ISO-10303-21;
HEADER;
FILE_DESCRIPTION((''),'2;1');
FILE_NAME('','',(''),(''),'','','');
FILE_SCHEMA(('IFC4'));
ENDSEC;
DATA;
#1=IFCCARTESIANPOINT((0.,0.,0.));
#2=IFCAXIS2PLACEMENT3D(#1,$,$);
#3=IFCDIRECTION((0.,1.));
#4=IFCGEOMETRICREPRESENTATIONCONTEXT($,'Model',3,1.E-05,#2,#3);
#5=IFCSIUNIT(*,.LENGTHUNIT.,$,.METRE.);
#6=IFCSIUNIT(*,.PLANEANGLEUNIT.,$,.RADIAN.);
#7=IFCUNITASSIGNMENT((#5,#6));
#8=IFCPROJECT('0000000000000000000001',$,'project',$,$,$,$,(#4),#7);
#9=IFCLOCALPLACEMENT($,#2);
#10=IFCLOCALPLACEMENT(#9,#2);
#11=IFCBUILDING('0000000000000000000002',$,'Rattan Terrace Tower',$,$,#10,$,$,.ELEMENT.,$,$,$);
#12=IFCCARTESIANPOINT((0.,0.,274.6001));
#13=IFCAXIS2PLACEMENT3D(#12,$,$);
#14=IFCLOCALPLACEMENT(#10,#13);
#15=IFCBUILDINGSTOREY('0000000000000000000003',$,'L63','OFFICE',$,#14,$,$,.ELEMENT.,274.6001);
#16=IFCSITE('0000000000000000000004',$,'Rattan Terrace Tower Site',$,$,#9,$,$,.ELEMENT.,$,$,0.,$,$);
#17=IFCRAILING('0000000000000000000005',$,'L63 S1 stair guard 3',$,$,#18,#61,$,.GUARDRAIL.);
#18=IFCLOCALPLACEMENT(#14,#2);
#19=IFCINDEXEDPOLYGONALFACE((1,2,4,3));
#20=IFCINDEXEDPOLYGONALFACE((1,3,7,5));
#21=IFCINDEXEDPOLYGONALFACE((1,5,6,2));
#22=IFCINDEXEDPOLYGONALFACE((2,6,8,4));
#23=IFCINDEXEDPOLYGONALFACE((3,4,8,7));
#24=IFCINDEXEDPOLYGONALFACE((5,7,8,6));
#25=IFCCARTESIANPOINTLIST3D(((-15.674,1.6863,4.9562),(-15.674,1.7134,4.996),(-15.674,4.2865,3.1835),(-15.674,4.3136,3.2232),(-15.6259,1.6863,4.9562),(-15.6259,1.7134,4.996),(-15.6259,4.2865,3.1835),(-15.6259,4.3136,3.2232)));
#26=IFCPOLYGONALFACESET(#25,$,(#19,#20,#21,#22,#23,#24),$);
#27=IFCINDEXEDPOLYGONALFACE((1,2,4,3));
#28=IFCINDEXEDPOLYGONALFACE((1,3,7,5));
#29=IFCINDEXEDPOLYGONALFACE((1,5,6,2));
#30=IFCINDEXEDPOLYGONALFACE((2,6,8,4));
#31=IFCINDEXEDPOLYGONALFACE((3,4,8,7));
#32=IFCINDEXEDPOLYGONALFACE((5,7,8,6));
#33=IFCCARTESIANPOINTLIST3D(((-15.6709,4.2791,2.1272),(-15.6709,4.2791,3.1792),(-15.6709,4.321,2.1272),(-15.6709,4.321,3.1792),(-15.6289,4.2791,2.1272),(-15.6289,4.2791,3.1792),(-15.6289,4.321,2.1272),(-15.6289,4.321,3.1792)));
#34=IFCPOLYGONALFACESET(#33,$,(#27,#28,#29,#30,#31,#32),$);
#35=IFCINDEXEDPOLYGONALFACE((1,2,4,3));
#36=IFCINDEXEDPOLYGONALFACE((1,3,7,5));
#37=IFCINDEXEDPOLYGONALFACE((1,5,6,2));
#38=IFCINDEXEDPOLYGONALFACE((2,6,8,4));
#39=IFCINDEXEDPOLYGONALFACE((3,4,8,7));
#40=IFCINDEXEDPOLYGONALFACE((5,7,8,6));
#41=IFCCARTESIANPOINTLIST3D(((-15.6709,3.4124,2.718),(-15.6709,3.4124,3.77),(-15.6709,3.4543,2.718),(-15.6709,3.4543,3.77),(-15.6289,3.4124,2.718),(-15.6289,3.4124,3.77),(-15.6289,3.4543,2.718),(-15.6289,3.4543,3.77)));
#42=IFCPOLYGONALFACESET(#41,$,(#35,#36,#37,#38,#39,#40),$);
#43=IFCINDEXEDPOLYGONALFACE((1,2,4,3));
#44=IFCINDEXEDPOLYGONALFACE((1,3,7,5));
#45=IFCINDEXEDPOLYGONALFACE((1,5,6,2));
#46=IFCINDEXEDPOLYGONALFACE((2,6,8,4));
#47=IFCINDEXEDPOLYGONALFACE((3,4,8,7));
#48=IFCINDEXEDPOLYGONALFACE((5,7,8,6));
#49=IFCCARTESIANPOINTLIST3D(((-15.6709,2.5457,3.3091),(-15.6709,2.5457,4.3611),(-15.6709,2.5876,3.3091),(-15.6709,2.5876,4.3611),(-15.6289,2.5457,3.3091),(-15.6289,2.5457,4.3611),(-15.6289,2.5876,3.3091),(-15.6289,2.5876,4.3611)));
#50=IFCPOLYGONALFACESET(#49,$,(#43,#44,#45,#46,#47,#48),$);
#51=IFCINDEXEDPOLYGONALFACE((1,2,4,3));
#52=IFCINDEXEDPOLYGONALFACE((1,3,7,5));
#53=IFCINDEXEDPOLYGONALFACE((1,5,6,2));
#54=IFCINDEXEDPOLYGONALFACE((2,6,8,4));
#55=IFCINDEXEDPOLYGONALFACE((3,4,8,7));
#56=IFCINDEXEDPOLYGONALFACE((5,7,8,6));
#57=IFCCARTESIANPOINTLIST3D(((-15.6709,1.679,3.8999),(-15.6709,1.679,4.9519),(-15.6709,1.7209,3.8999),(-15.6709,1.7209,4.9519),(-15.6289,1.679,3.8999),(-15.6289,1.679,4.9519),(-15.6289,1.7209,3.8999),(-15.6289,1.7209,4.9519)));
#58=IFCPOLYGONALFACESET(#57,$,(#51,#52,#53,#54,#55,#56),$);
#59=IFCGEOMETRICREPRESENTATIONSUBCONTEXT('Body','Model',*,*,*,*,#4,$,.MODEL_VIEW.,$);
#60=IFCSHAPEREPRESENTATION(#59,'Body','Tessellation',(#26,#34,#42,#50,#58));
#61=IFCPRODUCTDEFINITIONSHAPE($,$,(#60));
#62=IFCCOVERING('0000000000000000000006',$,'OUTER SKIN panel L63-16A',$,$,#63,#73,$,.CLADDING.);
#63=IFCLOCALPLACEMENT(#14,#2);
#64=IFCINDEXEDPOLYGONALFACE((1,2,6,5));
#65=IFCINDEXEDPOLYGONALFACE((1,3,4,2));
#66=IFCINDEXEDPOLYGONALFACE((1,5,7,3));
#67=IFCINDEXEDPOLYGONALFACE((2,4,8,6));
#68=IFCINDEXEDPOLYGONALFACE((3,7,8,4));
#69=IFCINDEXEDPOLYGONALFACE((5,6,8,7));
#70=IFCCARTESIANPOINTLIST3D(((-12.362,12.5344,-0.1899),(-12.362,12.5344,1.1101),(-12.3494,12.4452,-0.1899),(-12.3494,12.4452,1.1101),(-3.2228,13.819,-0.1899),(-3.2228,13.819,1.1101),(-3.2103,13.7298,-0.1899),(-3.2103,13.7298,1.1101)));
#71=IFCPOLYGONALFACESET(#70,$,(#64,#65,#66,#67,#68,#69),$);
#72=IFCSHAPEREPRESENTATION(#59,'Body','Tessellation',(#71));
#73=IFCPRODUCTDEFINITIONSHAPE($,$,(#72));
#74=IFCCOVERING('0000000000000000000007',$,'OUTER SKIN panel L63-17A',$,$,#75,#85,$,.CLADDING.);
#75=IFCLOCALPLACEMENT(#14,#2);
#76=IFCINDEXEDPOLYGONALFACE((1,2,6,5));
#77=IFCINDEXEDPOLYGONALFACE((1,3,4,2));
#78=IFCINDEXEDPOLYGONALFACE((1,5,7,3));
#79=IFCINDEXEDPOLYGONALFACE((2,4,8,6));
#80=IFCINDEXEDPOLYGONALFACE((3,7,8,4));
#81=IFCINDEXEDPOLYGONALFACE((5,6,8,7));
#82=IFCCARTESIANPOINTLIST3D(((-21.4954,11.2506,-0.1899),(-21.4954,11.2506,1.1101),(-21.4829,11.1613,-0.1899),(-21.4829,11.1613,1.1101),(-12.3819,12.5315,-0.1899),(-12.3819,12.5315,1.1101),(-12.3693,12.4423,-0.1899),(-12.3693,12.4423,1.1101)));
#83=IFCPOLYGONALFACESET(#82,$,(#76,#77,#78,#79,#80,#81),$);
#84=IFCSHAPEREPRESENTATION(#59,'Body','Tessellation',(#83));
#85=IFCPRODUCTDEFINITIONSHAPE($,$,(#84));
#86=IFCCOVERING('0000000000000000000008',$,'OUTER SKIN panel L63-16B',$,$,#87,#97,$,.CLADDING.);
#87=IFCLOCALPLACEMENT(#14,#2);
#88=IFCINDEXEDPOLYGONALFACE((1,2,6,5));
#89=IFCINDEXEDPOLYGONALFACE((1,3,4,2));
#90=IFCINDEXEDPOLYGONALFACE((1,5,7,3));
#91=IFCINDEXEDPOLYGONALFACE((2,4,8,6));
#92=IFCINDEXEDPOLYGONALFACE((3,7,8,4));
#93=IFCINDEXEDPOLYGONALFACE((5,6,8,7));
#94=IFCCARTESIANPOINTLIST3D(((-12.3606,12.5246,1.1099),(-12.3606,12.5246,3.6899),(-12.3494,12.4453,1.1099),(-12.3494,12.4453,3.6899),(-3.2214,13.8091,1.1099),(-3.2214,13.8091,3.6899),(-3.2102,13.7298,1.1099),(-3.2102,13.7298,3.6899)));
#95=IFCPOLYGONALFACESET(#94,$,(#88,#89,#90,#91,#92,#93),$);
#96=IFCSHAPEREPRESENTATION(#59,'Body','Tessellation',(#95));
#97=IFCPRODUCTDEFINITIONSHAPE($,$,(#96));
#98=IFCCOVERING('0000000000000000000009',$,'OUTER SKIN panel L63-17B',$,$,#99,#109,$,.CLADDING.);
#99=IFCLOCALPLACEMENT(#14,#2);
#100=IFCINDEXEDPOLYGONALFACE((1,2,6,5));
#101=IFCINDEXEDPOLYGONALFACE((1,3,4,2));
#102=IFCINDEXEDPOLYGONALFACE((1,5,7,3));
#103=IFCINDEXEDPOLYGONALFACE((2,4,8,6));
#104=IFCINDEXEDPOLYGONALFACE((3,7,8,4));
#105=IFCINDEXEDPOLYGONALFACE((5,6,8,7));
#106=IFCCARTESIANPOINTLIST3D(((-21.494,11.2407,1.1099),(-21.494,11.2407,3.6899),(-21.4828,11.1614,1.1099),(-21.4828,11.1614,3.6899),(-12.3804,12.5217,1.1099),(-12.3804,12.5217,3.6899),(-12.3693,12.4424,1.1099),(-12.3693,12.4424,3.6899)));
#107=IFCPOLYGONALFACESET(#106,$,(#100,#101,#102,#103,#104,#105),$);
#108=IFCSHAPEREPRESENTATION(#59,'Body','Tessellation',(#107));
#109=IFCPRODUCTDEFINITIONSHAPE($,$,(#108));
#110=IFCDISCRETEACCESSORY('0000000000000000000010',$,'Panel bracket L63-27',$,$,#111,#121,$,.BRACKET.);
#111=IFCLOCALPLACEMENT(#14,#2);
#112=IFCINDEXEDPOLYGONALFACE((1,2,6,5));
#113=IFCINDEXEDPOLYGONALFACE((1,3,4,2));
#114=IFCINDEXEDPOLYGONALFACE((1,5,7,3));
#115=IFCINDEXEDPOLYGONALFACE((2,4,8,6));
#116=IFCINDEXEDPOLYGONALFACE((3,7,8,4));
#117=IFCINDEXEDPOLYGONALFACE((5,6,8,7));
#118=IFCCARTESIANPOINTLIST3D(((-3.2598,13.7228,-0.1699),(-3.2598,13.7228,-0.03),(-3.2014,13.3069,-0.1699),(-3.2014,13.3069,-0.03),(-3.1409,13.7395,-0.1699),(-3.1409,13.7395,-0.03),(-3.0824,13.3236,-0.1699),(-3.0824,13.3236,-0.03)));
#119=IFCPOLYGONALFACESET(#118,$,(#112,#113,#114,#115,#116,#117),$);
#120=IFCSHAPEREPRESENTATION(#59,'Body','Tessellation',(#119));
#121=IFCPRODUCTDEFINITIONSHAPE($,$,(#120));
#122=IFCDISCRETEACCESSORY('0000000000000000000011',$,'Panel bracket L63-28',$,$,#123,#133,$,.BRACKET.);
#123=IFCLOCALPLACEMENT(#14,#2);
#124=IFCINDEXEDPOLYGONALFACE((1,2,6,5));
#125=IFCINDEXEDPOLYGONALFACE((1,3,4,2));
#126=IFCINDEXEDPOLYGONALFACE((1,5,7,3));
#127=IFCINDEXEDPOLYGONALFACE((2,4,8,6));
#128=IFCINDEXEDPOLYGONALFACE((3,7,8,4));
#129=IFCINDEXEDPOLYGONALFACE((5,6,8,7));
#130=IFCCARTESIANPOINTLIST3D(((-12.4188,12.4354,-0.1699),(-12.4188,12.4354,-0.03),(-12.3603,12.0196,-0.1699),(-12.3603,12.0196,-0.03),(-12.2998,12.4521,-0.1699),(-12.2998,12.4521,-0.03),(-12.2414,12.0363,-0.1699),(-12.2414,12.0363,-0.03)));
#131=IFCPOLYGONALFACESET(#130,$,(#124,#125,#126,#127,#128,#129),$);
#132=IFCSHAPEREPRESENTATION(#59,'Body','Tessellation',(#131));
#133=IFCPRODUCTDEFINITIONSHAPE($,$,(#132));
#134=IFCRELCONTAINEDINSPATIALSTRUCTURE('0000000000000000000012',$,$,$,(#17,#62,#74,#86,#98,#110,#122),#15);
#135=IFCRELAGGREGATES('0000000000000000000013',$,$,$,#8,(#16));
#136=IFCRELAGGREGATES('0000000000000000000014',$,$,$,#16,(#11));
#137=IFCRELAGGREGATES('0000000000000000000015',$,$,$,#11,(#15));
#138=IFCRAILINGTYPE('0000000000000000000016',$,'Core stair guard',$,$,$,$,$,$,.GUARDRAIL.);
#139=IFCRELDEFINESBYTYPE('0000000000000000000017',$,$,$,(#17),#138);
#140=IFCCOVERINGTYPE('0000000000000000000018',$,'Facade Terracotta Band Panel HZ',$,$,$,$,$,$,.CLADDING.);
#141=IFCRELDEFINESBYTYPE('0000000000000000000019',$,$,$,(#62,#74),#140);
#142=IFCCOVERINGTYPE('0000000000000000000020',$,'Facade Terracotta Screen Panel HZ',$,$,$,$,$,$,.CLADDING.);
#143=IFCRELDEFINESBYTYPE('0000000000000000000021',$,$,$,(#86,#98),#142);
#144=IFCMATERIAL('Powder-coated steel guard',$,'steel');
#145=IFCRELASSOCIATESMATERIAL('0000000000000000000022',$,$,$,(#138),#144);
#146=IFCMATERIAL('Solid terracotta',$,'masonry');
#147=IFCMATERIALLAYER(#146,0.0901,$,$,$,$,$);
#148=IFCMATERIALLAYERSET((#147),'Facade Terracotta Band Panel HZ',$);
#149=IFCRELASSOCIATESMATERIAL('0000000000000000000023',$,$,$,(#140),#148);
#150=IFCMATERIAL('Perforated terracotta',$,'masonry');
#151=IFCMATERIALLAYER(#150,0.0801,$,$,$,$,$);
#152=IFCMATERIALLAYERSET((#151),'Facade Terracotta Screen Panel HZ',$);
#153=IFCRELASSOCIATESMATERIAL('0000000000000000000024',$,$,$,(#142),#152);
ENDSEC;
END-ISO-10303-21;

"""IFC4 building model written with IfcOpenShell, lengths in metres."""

from ifc_helpers import new_model, si_unit, direction, frame, origin, origin_2d, place, context, subcontext, project, spatial, rectangle, extrude, material, layer, layer_set, type_object, element, save


model = new_model("IFC4")

# Units and contexts
model_context = context("Model", 3, precision=1e-05, world=origin(), true_north=direction((0.0, 1.0)))
body_context = subcontext(model_context, "Body", "Model", "MODEL_VIEW")
ifc_project = project(units=[si_unit("LENGTHUNIT", "METRE"), si_unit("PLANEANGLEUNIT", "RADIAN")], contexts=[model_context])

# Site, building, storey
site_placement = place(None, origin())
site = spatial("IfcSite", under=ifc_project, at=site_placement, Name="Rattan Terrace Tower Site", CompositionType="ELEMENT", RefElevation=0.0)
building_placement = place(site_placement, origin())
building = spatial("IfcBuilding", under=site, at=building_placement, Name="Rattan Terrace Tower", CompositionType="ELEMENT")
storey_placement = place(building_placement, frame((0.0, 0.0, 274.6001)))
storey = spatial("IfcBuildingStorey", under=building, at=storey_placement, Name="L63", Description="OFFICE", CompositionType="ELEMENT", Elevation=274.6001)

# Railing
ifc_material_1 = material(Name="Powder-coated steel guard", Category="steel")
railing_type = type_object("IfcRailingType", Name="Core stair guard", PredefinedType="GUARDRAIL", material=ifc_material_1)
railing_1_placement = place(storey_placement, frame((-15.6499, 4.3, 2.1272)))
element("IfcRailing", 1, at=railing_1_placement, inside=storey, type_object=railing_type, Name="L63 S1 stair guard 3", PredefinedType="GUARDRAIL", context=body_context, shape_type="SweptSolid", body=[
    extrude(rectangle(XDim=0.0481, YDim=0.0481, at=origin_2d()), frame((0.0, 0.0, 1.0762), z_axis=(0.0, -0.82624, 0.563318), x_axis=(1.0, 0.0, 0.0)), (0.0, 0.0, 1.0), 3.147),
    extrude(rectangle(XDim=0.042, YDim=0.042, at=origin_2d()), origin(), (0.0, 0.0, 1.0), 1.052),
    extrude(rectangle(XDim=0.042, YDim=0.042, at=origin_2d()), frame((0.0, -0.8667, 0.5908)), (0.0, 0.0, 1.0), 1.052),
    extrude(rectangle(XDim=0.042, YDim=0.042, at=origin_2d()), frame((0.0, -1.7334, 1.1819)), (0.0, 0.0, 1.0), 1.052),
    extrude(rectangle(XDim=0.042, YDim=0.042, at=origin_2d()), frame((0.0, -2.6001, 1.7727)), (0.0, 0.0, 1.0), 1.052),
])

# Coverings
ifc_material_2 = material(Name="Solid terracotta", Category="masonry")
ifc_layer_1 = layer(ifc_material_2, 0.0901)
ifc_layer_set_1 = layer_set([ifc_layer_1], Name="Facade Terracotta Band Panel HZ")
covering_type_1 = type_object("IfcCoveringType", Name="Facade Terracotta Band Panel HZ", PredefinedType="CLADDING", material=ifc_layer_set_1)
covering_1_placement = place(storey_placement, frame((-7.7861, 13.1321, -0.1899), z_axis=(0.0, 0.0, 1.0), x_axis=(-0.990266, -0.139189, 0.0)))
element("IfcCovering", 2, at=covering_1_placement, inside=storey, type_object=covering_type_1, Name="OUTER SKIN panel L63-16A", PredefinedType="CLADDING", context=body_context, shape_type="SweptSolid", body=[
    extrude(rectangle(XDim=9.229, YDim=0.0901, at=origin_2d()), origin(), (0.0, 0.0, 1.0), 1.3),
])
covering_2_placement = place(storey_placement, frame((-16.9324, 11.8464, -0.1899), z_axis=(0.0, 0.0, 1.0), x_axis=(-0.990266, -0.139189, 0.0)))
element("IfcCovering", 3, at=covering_2_placement, inside=storey, type_object=covering_type_1, Name="OUTER SKIN panel L63-17A", PredefinedType="CLADDING", context=body_context, shape_type="SweptSolid", body=[
    extrude(rectangle(XDim=9.2031, YDim=0.0901, at=origin_2d()), origin(), (0.0, 0.0, 1.0), 1.3),
])
ifc_material_3 = material(Name="Perforated terracotta", Category="masonry")
ifc_layer_2 = layer(ifc_material_3, 0.0801)
ifc_layer_set_2 = layer_set([ifc_layer_2], Name="Facade Terracotta Screen Panel HZ")
covering_type_2 = type_object("IfcCoveringType", Name="Facade Terracotta Screen Panel HZ", PredefinedType="CLADDING", material=ifc_layer_set_2)
covering_3_placement = place(storey_placement, frame((-7.7854, 13.1272, 1.1099), z_axis=(0.0, 0.0, 1.0), x_axis=(-0.990266, -0.139189, 0.0)))
element("IfcCovering", 4, at=covering_3_placement, inside=storey, type_object=covering_type_2, Name="OUTER SKIN panel L63-16B", PredefinedType="CLADDING", context=body_context, shape_type="SweptSolid", body=[
    extrude(rectangle(XDim=9.229, YDim=0.0801, at=origin_2d()), origin(), (0.0, 0.0, 1.0), 2.5801),
])
covering_4_placement = place(storey_placement, frame((-16.9316, 11.8416, 1.1099), z_axis=(0.0, 0.0, 1.0), x_axis=(-0.990266, -0.139189, 0.0)))
element("IfcCovering", 5, at=covering_4_placement, inside=storey, type_object=covering_type_2, Name="OUTER SKIN panel L63-17B", PredefinedType="CLADDING", context=body_context, shape_type="SweptSolid", body=[
    extrude(rectangle(XDim=9.2031, YDim=0.0801, at=origin_2d()), origin(), (0.0, 0.0, 1.0), 2.5801),
])

# Discrete accessories
for number, where, z_axis, x_axis, name in (
    (6, (-3.1711, 13.5232, -0.1699), (0.0, 0.0, 1.0), (-0.990266, -0.139189, 0.0), "Panel bracket L63-27"),
    (7, (-12.3301, 12.2358, -0.1699), (0.0, 0.0, 1.0), (-0.990266, -0.139189, 0.0), "Panel bracket L63-28"),
):
    element("IfcDiscreteAccessory", number, at=place(storey_placement, frame(where, z_axis=z_axis, x_axis=x_axis)), inside=storey, Name=name, PredefinedType="BRACKET", context=body_context, shape_type="SweptSolid", body=[
        extrude(rectangle(XDim=0.1201, YDim=0.4199, at=origin_2d()), origin(), (0.0, 0.0, 1.0), 0.1399),
    ])

save(model, "model.ifc")
